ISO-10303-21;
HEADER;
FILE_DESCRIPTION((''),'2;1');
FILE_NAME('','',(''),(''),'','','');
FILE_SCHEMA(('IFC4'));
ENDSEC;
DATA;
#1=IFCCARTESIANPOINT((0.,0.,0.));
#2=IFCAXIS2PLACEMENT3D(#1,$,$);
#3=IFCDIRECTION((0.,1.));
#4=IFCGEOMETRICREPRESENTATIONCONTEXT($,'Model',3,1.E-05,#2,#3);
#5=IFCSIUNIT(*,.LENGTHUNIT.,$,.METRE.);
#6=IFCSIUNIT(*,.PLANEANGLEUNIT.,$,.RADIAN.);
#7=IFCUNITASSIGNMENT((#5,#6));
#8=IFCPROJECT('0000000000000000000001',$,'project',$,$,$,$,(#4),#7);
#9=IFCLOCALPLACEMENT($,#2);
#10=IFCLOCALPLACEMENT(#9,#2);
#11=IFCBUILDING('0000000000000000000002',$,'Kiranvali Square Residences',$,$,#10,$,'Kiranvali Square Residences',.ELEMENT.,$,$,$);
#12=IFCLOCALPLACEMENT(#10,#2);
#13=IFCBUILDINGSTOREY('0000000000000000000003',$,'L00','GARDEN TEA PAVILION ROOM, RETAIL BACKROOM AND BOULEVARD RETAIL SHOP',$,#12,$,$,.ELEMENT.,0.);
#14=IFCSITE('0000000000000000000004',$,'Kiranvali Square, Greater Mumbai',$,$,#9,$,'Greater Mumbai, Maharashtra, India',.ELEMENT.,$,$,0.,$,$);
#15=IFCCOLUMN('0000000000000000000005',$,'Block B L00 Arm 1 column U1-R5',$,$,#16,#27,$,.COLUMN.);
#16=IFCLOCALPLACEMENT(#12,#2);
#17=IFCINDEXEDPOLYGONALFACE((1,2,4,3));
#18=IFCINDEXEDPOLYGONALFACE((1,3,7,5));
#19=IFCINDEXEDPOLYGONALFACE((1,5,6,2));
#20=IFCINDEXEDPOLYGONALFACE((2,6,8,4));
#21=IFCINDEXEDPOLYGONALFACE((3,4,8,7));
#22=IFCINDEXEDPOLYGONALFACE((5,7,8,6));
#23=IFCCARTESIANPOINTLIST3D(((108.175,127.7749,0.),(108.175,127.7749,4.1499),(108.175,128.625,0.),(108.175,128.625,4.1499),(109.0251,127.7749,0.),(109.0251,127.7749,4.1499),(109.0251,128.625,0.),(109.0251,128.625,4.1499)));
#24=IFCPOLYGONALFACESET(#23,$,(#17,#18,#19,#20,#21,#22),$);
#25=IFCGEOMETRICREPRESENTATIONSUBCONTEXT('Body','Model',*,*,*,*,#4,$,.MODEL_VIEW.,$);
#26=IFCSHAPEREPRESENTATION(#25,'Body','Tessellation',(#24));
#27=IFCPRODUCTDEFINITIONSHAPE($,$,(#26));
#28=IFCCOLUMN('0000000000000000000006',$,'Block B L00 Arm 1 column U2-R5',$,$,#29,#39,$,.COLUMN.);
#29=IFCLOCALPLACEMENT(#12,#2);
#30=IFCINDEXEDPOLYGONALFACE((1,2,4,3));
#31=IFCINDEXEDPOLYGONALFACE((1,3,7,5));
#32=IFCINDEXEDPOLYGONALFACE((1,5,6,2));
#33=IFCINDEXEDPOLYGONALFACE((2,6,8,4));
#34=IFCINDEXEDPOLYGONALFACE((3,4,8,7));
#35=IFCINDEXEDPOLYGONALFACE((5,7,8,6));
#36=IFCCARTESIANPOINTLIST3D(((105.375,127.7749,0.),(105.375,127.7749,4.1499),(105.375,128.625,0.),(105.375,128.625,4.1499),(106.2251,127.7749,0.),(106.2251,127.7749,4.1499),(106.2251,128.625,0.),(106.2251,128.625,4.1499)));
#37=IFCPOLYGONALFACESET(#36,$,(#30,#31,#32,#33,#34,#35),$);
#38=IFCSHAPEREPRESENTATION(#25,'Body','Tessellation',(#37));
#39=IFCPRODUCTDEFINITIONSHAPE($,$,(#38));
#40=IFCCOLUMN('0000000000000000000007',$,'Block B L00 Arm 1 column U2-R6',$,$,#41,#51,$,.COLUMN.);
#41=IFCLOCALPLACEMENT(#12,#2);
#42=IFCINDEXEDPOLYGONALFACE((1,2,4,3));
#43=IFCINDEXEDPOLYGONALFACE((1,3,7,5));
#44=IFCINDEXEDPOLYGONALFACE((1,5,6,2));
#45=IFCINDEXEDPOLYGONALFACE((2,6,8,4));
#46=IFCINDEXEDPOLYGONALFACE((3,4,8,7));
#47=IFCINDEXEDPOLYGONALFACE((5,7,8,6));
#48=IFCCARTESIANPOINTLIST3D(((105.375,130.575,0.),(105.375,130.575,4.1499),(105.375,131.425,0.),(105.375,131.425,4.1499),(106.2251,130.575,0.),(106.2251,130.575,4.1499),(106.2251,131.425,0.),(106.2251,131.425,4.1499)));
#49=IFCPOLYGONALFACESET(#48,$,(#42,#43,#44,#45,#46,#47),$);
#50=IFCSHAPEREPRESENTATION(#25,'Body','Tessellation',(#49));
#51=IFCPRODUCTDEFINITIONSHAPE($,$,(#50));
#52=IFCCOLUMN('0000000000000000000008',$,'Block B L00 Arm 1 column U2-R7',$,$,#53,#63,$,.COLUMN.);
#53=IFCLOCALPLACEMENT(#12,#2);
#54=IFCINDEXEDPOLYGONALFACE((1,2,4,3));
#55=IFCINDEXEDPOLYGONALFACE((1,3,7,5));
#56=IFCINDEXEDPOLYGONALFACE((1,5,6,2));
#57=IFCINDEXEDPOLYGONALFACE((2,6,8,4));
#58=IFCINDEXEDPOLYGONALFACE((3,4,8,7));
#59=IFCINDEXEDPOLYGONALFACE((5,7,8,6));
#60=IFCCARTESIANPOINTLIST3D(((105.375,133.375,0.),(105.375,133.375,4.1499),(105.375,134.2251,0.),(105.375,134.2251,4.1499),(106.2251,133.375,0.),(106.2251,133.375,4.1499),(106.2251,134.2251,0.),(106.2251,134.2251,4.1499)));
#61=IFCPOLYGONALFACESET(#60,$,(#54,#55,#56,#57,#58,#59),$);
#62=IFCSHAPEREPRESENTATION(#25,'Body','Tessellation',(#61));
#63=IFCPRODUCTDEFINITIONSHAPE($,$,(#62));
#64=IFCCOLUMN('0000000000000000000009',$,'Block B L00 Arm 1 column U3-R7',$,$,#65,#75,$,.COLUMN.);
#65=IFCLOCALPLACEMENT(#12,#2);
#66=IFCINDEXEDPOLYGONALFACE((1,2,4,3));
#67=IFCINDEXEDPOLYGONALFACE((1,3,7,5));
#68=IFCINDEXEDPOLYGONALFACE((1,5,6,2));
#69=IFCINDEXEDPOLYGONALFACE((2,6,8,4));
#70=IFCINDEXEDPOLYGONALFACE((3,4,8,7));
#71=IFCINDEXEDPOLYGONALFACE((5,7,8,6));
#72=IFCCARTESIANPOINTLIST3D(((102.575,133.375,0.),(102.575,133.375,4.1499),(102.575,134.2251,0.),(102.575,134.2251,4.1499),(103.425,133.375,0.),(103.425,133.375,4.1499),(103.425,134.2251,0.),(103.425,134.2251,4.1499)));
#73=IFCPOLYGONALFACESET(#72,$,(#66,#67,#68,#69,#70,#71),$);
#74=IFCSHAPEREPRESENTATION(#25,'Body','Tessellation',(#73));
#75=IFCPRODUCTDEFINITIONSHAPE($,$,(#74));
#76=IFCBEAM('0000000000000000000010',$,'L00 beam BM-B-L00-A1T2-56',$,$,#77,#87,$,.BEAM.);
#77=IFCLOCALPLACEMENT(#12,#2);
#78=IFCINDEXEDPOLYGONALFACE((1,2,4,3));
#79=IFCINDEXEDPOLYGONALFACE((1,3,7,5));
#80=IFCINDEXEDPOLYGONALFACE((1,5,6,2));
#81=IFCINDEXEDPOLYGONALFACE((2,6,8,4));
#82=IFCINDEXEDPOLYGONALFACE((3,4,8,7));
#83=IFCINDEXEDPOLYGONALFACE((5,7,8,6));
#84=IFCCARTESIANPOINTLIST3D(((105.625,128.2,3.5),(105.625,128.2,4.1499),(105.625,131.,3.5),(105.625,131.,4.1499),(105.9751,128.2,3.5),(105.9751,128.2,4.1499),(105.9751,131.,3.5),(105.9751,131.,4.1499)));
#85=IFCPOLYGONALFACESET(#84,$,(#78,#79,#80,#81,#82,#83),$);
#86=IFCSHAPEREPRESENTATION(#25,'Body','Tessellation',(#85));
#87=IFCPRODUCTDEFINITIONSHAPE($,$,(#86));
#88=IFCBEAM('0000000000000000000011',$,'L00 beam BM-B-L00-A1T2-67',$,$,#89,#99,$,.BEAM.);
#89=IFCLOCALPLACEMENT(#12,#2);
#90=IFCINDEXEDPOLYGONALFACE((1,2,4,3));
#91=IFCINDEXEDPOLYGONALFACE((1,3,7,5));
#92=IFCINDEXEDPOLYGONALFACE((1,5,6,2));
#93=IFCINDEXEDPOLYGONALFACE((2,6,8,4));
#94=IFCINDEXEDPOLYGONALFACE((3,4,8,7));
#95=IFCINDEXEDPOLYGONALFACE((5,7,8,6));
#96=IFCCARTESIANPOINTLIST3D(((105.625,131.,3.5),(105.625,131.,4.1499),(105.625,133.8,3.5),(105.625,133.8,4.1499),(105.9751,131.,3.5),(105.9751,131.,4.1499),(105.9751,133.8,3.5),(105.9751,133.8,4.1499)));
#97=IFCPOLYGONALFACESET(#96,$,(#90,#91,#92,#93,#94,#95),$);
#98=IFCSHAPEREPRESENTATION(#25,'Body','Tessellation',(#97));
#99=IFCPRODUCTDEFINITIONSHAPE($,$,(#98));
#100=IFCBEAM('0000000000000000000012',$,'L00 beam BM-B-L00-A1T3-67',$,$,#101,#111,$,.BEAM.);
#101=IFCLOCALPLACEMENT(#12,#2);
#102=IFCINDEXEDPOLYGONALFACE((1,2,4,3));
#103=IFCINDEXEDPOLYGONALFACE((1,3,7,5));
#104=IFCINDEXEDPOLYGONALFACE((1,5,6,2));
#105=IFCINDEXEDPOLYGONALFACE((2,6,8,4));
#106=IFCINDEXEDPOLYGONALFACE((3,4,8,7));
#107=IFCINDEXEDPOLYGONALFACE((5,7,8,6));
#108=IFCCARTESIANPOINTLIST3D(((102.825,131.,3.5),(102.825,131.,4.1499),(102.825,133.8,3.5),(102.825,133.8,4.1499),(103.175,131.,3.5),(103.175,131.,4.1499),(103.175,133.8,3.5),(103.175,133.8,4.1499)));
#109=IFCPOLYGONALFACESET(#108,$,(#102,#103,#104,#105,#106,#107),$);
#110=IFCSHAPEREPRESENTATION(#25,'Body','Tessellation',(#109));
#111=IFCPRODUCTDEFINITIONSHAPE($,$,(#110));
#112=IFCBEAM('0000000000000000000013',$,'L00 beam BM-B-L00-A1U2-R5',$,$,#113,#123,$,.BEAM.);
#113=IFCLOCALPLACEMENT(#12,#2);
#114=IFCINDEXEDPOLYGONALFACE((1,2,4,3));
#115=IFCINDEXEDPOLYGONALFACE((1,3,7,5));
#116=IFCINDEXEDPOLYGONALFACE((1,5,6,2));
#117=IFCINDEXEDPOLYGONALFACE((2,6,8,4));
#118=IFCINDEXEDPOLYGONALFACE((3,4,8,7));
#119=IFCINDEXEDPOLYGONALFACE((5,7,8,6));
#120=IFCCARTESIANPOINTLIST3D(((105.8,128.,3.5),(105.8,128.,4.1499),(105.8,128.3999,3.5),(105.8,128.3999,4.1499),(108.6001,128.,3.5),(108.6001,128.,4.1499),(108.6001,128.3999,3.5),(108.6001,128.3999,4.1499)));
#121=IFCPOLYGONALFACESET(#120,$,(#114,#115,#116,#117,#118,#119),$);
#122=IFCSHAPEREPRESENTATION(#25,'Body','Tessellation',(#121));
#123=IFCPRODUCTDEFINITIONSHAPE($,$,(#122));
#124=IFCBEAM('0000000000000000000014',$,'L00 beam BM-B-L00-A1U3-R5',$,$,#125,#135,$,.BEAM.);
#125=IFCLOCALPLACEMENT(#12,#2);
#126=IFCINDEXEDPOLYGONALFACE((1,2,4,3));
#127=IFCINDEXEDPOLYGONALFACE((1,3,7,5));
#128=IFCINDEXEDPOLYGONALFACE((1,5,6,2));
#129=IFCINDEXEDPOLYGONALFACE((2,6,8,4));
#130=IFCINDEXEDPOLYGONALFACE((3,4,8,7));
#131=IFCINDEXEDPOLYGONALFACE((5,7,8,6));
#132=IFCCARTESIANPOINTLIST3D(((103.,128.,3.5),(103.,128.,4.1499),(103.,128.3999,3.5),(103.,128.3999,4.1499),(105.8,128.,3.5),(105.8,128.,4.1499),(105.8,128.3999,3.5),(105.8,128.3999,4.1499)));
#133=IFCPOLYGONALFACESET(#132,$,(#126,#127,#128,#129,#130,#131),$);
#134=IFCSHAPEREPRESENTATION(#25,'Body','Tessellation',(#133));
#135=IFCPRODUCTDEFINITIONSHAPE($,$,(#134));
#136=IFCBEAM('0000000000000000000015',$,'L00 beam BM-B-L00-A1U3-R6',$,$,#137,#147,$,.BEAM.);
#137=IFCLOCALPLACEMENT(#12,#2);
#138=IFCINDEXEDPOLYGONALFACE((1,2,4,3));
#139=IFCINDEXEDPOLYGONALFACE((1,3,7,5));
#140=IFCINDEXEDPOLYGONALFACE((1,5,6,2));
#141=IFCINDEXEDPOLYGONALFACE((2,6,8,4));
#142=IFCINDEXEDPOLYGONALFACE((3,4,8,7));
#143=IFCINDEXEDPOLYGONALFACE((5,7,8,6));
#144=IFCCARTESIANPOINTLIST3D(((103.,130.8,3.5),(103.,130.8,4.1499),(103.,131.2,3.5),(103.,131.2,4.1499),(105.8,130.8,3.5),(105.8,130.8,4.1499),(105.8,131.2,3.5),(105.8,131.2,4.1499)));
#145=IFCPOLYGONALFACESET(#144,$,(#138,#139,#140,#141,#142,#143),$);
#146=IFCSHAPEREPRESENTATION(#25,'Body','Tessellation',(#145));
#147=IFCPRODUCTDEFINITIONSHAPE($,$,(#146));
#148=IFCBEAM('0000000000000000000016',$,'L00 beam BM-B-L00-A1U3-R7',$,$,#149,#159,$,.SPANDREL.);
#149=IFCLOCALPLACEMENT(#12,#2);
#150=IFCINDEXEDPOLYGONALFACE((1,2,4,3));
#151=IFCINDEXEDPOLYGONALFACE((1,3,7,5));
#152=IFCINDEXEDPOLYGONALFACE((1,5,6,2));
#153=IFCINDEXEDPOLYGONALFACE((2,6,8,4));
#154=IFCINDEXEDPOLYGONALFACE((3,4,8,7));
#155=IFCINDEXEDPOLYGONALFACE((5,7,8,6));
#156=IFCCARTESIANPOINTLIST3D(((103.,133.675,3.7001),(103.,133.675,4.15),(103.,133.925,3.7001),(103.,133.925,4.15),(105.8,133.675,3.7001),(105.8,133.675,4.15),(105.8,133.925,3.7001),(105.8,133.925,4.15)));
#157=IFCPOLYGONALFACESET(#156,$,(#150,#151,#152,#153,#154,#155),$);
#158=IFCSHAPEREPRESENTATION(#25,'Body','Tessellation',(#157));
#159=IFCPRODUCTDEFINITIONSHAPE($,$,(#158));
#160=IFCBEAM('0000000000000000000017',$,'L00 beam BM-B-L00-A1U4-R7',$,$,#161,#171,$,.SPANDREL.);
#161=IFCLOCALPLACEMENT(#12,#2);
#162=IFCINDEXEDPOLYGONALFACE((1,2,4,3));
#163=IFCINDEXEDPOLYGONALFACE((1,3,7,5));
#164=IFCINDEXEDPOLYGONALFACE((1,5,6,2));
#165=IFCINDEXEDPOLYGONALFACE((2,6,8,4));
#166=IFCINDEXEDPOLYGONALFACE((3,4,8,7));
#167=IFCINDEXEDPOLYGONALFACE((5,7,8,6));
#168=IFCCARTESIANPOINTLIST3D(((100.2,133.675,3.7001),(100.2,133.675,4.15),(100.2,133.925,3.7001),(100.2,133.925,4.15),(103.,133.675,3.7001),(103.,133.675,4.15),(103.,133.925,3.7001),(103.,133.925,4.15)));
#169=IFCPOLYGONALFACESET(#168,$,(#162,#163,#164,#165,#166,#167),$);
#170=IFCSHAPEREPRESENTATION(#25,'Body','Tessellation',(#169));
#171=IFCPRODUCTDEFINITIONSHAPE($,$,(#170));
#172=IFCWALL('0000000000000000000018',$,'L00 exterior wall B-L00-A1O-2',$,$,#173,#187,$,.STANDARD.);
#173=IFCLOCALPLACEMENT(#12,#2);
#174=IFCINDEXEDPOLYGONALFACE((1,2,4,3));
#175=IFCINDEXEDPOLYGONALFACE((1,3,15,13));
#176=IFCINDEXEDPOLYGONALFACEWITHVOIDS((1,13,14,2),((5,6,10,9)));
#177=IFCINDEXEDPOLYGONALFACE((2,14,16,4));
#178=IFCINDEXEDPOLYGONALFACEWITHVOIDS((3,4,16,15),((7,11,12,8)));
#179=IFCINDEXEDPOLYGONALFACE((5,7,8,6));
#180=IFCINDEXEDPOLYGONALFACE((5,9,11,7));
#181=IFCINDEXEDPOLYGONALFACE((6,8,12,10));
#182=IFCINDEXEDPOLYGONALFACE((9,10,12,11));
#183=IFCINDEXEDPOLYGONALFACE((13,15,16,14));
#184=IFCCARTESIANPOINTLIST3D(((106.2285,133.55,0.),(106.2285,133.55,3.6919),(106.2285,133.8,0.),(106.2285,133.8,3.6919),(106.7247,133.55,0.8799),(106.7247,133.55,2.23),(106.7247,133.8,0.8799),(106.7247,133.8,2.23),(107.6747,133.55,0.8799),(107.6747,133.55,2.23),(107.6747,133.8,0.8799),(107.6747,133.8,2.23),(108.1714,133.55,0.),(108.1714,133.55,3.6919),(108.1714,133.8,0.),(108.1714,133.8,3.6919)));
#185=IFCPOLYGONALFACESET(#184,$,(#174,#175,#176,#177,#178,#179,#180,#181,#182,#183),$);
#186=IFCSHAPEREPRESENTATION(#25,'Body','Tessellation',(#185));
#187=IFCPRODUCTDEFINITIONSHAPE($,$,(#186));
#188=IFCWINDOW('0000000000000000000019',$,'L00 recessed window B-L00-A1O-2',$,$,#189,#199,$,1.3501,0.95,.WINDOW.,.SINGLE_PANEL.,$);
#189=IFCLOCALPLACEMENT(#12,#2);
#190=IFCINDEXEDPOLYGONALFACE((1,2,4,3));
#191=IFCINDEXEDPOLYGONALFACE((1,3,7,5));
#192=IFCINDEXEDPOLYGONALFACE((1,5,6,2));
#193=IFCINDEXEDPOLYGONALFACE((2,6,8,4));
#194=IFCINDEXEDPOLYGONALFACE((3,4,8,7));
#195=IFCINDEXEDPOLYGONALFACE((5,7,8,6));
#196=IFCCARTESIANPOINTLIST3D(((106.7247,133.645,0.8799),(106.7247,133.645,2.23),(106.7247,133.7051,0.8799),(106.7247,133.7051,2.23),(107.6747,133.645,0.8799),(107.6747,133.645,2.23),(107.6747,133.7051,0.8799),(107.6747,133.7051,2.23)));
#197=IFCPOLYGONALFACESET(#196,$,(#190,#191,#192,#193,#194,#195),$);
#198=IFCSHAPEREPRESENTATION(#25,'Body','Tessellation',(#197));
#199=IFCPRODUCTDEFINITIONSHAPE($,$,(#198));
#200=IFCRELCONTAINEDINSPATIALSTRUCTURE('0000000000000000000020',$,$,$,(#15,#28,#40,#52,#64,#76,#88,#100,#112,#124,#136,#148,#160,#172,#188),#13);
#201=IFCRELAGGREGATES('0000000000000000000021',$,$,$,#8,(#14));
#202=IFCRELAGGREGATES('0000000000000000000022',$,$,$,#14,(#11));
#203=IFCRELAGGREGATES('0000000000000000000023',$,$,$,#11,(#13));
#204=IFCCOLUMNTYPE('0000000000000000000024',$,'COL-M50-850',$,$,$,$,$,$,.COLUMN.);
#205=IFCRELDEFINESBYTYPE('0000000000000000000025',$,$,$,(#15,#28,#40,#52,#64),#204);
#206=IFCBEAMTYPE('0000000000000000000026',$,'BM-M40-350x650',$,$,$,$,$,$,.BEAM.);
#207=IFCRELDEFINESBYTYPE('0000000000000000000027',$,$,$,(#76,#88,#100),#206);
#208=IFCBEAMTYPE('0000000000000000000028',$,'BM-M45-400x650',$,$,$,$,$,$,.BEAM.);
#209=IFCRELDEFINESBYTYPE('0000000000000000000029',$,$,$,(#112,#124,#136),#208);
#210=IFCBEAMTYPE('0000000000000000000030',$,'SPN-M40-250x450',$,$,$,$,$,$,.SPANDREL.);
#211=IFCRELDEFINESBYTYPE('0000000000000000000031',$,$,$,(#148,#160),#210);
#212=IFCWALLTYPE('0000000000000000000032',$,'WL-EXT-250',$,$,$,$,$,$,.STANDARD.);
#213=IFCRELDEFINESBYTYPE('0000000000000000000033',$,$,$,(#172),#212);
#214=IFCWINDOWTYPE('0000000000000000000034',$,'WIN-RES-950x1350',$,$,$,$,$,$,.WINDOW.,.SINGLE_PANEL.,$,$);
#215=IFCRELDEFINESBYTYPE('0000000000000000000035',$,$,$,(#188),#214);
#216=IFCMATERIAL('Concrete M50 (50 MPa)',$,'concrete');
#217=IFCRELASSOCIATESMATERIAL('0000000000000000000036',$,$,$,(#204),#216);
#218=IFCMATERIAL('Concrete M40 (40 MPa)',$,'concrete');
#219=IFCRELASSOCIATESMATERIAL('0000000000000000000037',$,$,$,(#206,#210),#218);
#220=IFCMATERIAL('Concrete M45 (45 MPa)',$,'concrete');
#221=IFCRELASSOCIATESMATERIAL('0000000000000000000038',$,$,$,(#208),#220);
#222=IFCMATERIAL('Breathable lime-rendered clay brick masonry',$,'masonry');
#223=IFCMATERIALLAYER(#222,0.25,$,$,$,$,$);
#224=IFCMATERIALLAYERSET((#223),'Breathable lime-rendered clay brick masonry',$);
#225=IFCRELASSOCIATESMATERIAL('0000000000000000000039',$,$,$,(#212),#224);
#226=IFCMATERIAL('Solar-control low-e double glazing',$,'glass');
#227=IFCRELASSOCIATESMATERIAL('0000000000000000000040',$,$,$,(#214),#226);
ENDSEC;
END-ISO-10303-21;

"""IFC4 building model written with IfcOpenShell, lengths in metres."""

from ifc_helpers import new_model, si_unit, direction, frame, frame_2d, origin, origin_2d, place, context, subcontext, project, spatial, rectangle, extrude, material, layer, layer_set, material_profile, profile_set, type_object, element, fill, save


model = new_model("IFC4")

# Units and contexts
model_context = context("Model", 3, precision=1e-05, world=origin(), true_north=direction((0.0, 1.0)))
body_context = subcontext(model_context, "Body", "Model", "MODEL_VIEW")
ifc_project = project(units=[si_unit("LENGTHUNIT", "METRE"), si_unit("PLANEANGLEUNIT", "RADIAN")], contexts=[model_context])

# Site, building, storey
site_placement = place(None, origin())
site = spatial("IfcSite", under=ifc_project, at=site_placement, Name="Kiranvali Square, Greater Mumbai", LongName="Greater Mumbai, Maharashtra, India", CompositionType="ELEMENT", RefElevation=0.0)
building_placement = place(site_placement, origin())
building = spatial("IfcBuilding", under=site, at=building_placement, Name="Kiranvali Square Residences", LongName="Kiranvali Square Residences", CompositionType="ELEMENT")
storey_placement = place(building_placement, origin())
storey = spatial("IfcBuildingStorey", under=building, at=storey_placement, Name="L00", Description="GARDEN TEA PAVILION ROOM, RETAIL BACKROOM AND BOULEVARD RETAIL SHOP", CompositionType="ELEMENT", Elevation=0.0)

# Columns
ifc_material_1 = material(Name="Concrete M50 (50 MPa)", Category="concrete")
ifc_material_profile_1 = material_profile(ifc_material_1, rectangle(XDim=0.8501, YDim=0.8501, at=origin_2d()), Name="RC 850x850")
ifc_profile_set_1 = profile_set([ifc_material_profile_1], Name="Concrete M50 (50 MPa)")
column_type = type_object("IfcColumnType", Name="COL-M50-850", PredefinedType="COLUMN", material=ifc_profile_set_1)
for number, where, z_axis, x_axis, name in (
    (1, (108.6001, 128.2, 0.0), (0.0, 0.0, 1.0), (1.0, 0.0, 0.0), "Block B L00 Arm 1 column U1-R5"),
    (2, (105.8, 128.2, 0.0), (0.0, 0.0, 1.0), (1.0, 0.0, 0.0), "Block B L00 Arm 1 column U2-R5"),
    (3, (105.8, 131.0, 0.0), (0.0, 0.0, 1.0), (1.0, 0.0, 0.0), "Block B L00 Arm 1 column U2-R6"),
    (4, (105.8, 133.8, 0.0), (0.0, 0.0, 1.0), (1.0, 0.0, 0.0), "Block B L00 Arm 1 column U2-R7"),
    (5, (103.0, 133.8, 0.0), (0.0, 0.0, 1.0), (1.0, 0.0, 0.0), "Block B L00 Arm 1 column U3-R7"),
):
    element("IfcColumn", number, at=place(storey_placement, frame(where, z_axis=z_axis, x_axis=x_axis)), inside=storey, type_object=column_type, Name=name, PredefinedType="COLUMN", context=body_context, shape_type="SweptSolid", body=[
        extrude(rectangle(XDim=0.8501, YDim=0.8501, at=origin_2d()), origin(), (0.0, 0.0, 1.0), 4.1499),
    ])

# Beams
ifc_material_2 = material(Name="Concrete M40 (40 MPa)", Category="concrete")
ifc_material_profile_2 = material_profile(ifc_material_2, rectangle(XDim=0.3501, YDim=0.6499, at=origin_2d()), Name="RC 350x650")
ifc_profile_set_2 = profile_set([ifc_material_profile_2], Name="Concrete M40 (40 MPa)")
beam_type_1 = type_object("IfcBeamType", Name="BM-M40-350x650", PredefinedType="BEAM", material=ifc_profile_set_2)
for number, where, z_axis, x_axis, name in (
    (6, (105.8, 128.2, 3.825), (0.0, 1.0, 0.0), (-1.0, 0.0, 0.0), "L00 beam BM-B-L00-A1T2-56"),
    (7, (105.8, 131.0, 3.825), (0.0, 1.0, 0.0), (-1.0, 0.0, 0.0), "L00 beam BM-B-L00-A1T2-67"),
    (8, (103.0, 131.0, 3.825), (0.0, 1.0, 0.0), (-1.0, 0.0, 0.0), "L00 beam BM-B-L00-A1T3-67"),
):
    element("IfcBeam", number, at=place(storey_placement, frame(where, z_axis=z_axis, x_axis=x_axis)), inside=storey, type_object=beam_type_1, Name=name, PredefinedType="BEAM", context=body_context, shape_type="SweptSolid", body=[
        extrude(rectangle(XDim=0.3501, YDim=0.6499, at=origin_2d()), origin(), (0.0, 0.0, 1.0), 2.8),
    ])
ifc_material_3 = material(Name="Concrete M45 (45 MPa)", Category="concrete")
ifc_material_profile_3 = material_profile(ifc_material_3, rectangle(XDim=0.3999, YDim=0.6499, at=origin_2d()), Name="RC 400x650")
ifc_profile_set_3 = profile_set([ifc_material_profile_3], Name="Concrete M45 (45 MPa)")
beam_type_2 = type_object("IfcBeamType", Name="BM-M45-400x650", PredefinedType="BEAM", material=ifc_profile_set_3)
for number, where, z_axis, x_axis, name in (
    (9, (108.6001, 128.2, 3.825), (-1.0, 0.0, 0.0), (0.0, -1.0, 0.0), "L00 beam BM-B-L00-A1U2-R5"),
    (10, (105.8, 128.2, 3.825), (-1.0, 0.0, 0.0), (0.0, -1.0, 0.0), "L00 beam BM-B-L00-A1U3-R5"),
    (11, (105.8, 131.0, 3.825), (-1.0, 0.0, 0.0), (0.0, -1.0, 0.0), "L00 beam BM-B-L00-A1U3-R6"),
):
    element("IfcBeam", number, at=place(storey_placement, frame(where, z_axis=z_axis, x_axis=x_axis)), inside=storey, type_object=beam_type_2, Name=name, PredefinedType="BEAM", context=body_context, shape_type="SweptSolid", body=[
        extrude(rectangle(XDim=0.3999, YDim=0.6499, at=origin_2d()), origin(), (0.0, 0.0, 1.0), 2.8),
    ])
ifc_material_profile_4 = material_profile(ifc_material_2, rectangle(XDim=0.25, YDim=0.45, at=origin_2d()), Name="RC 250x450")
ifc_profile_set_4 = profile_set([ifc_material_profile_4], Name="Concrete M40 (40 MPa)")
beam_type_3 = type_object("IfcBeamType", Name="SPN-M40-250x450", PredefinedType="SPANDREL", material=ifc_profile_set_4)
for number, where, z_axis, x_axis, name in (
    (12, (105.8, 133.8, 3.925), (-1.0, 0.0, 0.0), (0.0, -1.0, 0.0), "L00 beam BM-B-L00-A1U3-R7"),
    (13, (103.0, 133.8, 3.925), (-1.0, 0.0, 0.0), (0.0, -1.0, 0.0), "L00 beam BM-B-L00-A1U4-R7"),
):
    element("IfcBeam", number, at=place(storey_placement, frame(where, z_axis=z_axis, x_axis=x_axis)), inside=storey, type_object=beam_type_3, Name=name, PredefinedType="SPANDREL", context=body_context, shape_type="SweptSolid", body=[
        extrude(rectangle(XDim=0.25, YDim=0.45, at=origin_2d()), origin(), (0.0, 0.0, 1.0), 2.8),
    ])

# Wall, opening, window
ifc_material_4 = material(Name="Breathable lime-rendered clay brick masonry", Category="masonry")
ifc_layer_1 = layer(ifc_material_4, 0.25)
ifc_layer_set_1 = layer_set([ifc_layer_1], Name="Breathable lime-rendered clay brick masonry")
wall_type_1 = type_object("IfcWallType", Name="WL-EXT-250", PredefinedType="STANDARD", material=ifc_layer_set_1)
wall_1_placement = place(storey_placement, frame((108.1714, 133.675, 0.0), z_axis=(0.0, 0.0, 1.0), x_axis=(-1.0, 0.0, 0.0)))
wall_1 = element("IfcWall", 14, at=wall_1_placement, inside=storey, type_object=wall_type_1, Name="L00 exterior wall B-L00-A1O-2", PredefinedType="STANDARD", context=body_context, shape_type="SweptSolid", body=[
    extrude(rectangle(XDim=1.9429, YDim=0.25, at=frame_2d((0.9714, 0.0))), origin(), (0.0, 0.0, 1.0), 3.6919),
])
opening_1_placement = place(wall_1_placement, frame((0.4966, 0.0, 0.8799)))
opening_1 = element("IfcOpeningElement", 15, at=opening_1_placement, cuts=wall_1, PredefinedType="OPENING", context=body_context, shape_type="SweptSolid", body=[
    extrude(rectangle(XDim=0.95, YDim=1.3501, at=frame_2d((0.4751, 0.675))), frame((0.0, 0.135, 0.0), z_axis=(0.0, -1.0, 0.0), x_axis=(1.0, 0.0, 0.0)), (0.0, 0.0, 1.0), 0.27),
])
ifc_material_5 = material(Name="Solar-control low-e double glazing", Category="glass")
window_type_1 = type_object("IfcWindowType", Name="WIN-RES-950x1350", PartitioningType="SINGLE_PANEL", PredefinedType="WINDOW", material=ifc_material_5)
window_1_placement = place(opening_1_placement, origin())
window_1 = element("IfcWindow", 16, at=window_1_placement, inside=storey, type_object=window_type_1, Name="L00 recessed window B-L00-A1O-2", OverallHeight=1.3501, OverallWidth=0.95, PartitioningType="SINGLE_PANEL", PredefinedType="WINDOW", context=body_context, shape_type="SweptSolid", body=[
    extrude(rectangle(XDim=0.95, YDim=1.3501, at=frame_2d((0.4751, 0.675))), frame((0.0, 0.03, 0.0), z_axis=(0.0, -1.0, 0.0), x_axis=(1.0, 0.0, 0.0)), (0.0, 0.0, 1.0), 0.0601),
])
fill(opening_1, window_1)

save(model, "model.ifc")
